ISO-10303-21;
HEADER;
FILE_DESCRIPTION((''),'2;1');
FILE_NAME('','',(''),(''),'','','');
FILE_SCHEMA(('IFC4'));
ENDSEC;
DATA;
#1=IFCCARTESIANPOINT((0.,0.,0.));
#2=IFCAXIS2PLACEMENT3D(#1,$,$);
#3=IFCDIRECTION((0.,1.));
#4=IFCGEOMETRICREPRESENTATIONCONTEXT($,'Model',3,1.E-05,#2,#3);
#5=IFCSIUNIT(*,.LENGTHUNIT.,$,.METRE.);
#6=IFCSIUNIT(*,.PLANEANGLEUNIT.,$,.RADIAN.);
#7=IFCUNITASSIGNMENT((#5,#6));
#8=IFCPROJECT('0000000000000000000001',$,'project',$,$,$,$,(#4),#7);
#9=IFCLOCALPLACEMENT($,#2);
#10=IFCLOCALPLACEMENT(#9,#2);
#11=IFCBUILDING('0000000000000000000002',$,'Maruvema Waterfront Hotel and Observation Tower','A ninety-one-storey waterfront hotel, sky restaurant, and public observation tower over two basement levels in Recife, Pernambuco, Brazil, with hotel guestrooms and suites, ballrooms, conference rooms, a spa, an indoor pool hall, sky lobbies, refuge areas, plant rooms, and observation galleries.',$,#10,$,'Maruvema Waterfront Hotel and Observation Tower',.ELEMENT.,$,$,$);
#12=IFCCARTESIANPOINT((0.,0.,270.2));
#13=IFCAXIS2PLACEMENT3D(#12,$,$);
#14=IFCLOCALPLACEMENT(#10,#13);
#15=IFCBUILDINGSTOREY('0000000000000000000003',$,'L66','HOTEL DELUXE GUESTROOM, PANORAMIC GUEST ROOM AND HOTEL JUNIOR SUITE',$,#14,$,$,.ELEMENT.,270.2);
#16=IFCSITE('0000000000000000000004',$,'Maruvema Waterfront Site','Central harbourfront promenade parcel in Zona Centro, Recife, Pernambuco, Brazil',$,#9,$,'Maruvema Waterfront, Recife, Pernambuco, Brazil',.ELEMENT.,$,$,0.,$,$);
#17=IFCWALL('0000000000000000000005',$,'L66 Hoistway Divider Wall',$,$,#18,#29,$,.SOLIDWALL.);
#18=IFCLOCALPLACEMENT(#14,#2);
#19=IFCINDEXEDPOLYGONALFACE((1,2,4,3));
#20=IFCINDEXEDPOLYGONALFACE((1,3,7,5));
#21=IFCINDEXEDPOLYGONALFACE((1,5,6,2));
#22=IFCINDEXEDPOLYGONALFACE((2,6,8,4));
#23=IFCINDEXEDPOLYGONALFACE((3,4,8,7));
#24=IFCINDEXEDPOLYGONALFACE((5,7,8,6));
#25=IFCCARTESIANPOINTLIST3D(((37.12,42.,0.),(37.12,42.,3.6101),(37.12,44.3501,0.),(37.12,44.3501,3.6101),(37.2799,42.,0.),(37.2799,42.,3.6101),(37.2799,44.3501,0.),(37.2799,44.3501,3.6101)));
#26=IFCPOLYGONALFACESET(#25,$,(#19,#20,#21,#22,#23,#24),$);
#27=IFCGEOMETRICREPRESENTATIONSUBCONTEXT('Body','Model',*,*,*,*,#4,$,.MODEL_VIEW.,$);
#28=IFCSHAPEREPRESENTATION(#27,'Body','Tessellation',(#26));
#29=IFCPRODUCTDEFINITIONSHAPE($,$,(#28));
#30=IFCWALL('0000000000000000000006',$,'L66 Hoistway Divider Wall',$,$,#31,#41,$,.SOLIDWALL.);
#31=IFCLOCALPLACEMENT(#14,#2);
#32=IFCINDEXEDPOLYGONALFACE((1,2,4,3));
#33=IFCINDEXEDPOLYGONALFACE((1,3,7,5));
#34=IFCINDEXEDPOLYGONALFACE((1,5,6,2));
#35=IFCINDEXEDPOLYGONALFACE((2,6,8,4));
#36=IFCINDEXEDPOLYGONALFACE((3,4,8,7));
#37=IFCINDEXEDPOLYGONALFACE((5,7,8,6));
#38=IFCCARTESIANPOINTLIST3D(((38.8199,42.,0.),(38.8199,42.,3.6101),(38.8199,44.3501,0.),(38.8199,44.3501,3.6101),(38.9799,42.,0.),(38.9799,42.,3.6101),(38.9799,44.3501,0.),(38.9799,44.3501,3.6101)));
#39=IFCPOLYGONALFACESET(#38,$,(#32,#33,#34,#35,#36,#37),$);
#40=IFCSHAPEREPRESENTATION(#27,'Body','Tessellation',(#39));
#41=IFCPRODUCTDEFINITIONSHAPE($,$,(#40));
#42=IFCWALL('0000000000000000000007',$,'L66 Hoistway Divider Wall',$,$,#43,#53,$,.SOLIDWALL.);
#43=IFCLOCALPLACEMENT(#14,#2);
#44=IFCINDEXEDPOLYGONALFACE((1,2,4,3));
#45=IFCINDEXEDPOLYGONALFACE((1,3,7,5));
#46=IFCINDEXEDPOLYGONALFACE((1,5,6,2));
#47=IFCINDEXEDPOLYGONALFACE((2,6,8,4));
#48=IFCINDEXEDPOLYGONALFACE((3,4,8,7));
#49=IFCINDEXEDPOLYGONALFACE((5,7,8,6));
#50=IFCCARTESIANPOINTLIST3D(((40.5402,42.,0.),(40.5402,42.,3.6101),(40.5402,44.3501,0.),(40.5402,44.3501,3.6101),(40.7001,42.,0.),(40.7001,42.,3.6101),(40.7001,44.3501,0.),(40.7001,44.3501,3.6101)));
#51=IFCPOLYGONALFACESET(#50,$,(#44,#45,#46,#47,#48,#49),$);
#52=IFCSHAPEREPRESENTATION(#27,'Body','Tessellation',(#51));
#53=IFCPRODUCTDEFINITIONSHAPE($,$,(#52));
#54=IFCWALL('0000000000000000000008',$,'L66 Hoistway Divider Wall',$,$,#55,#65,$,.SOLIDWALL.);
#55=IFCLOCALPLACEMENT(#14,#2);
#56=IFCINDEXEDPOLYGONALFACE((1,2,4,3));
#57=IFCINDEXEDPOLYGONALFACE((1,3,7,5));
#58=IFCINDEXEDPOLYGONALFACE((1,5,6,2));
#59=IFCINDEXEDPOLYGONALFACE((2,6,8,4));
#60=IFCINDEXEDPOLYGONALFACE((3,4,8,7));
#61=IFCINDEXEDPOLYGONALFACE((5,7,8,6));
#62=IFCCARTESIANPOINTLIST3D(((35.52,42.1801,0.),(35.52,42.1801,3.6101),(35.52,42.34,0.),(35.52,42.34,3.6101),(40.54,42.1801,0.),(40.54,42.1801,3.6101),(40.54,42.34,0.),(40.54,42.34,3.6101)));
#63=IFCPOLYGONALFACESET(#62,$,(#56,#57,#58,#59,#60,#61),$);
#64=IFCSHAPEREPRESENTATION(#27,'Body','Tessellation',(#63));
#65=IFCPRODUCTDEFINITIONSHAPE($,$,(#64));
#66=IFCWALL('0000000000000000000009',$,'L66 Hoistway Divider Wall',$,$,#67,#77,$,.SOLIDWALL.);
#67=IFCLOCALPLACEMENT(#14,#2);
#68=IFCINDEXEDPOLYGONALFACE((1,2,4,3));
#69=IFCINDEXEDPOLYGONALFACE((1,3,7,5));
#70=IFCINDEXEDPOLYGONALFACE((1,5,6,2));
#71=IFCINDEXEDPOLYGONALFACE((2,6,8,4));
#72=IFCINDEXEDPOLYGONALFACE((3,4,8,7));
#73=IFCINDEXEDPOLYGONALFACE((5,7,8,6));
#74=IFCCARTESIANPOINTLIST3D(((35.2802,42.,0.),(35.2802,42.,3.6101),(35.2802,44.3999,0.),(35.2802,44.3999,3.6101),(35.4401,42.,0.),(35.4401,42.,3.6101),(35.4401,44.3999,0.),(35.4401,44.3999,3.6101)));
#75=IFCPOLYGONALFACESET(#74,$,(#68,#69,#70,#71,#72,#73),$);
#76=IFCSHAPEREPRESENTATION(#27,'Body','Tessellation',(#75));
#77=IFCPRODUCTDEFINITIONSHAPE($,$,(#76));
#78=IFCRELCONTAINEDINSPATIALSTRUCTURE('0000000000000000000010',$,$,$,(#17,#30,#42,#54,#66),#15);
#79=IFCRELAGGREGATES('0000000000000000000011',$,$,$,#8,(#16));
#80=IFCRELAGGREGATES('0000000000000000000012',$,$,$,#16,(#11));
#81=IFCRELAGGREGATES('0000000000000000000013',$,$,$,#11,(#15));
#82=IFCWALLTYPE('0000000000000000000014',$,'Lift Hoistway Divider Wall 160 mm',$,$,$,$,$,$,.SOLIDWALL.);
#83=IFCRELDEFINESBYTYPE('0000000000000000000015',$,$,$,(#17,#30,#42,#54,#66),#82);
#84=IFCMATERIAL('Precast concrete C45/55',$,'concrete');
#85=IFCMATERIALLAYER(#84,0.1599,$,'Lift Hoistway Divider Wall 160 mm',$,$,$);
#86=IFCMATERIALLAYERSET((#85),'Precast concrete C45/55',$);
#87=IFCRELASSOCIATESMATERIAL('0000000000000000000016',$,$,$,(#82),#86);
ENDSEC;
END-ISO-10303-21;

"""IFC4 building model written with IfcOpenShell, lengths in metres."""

from ifc_helpers import new_model, si_unit, direction, frame, frame_2d, origin, place, context, subcontext, project, spatial, rectangle, extrude, material, layer, layer_set, type_object, element, save


model = new_model("IFC4")

# Units and contexts
model_context = context("Model", 3, precision=1e-05, world=origin(), true_north=direction((0.0, 1.0)))
body_context = subcontext(model_context, "Body", "Model", "MODEL_VIEW")
ifc_project = project(units=[si_unit("LENGTHUNIT", "METRE"), si_unit("PLANEANGLEUNIT", "RADIAN")], contexts=[model_context])

# Site, building, storey
site_placement = place(None, origin())
site = spatial("IfcSite", under=ifc_project, at=site_placement, Name="Maruvema Waterfront Site", Description="Central harbourfront promenade parcel in Zona Centro, Recife, Pernambuco, Brazil", LongName="Maruvema Waterfront, Recife, Pernambuco, Brazil", CompositionType="ELEMENT", RefElevation=0.0)
building_placement = place(site_placement, origin())
building = spatial("IfcBuilding", under=site, at=building_placement, Name="Maruvema Waterfront Hotel and Observation Tower", Description="A ninety-one-storey waterfront hotel, sky restaurant, and public observation tower over two basement levels in Recife, Pernambuco, Brazil, with hotel guestrooms and suites, ballrooms, conference rooms, a spa, an indoor pool hall, sky lobbies, refuge areas, plant rooms, and observation galleries.", LongName="Maruvema Waterfront Hotel and Observation Tower", CompositionType="ELEMENT")
storey_placement = place(building_placement, frame((0.0, 0.0, 270.2)))
storey = spatial("IfcBuildingStorey", under=building, at=storey_placement, Name="L66", Description="HOTEL DELUXE GUESTROOM, PANORAMIC GUEST ROOM AND HOTEL JUNIOR SUITE", CompositionType="ELEMENT", Elevation=270.2)

# Walls
ifc_material_1 = material(Name="Precast concrete C45/55", Category="concrete")
ifc_layer_1 = layer(ifc_material_1, 0.1599, Name="Lift Hoistway Divider Wall 160 mm")
ifc_layer_set_1 = layer_set([ifc_layer_1], Name="Precast concrete C45/55")
wall_type_1 = type_object("IfcWallType", Name="Lift Hoistway Divider Wall 160 mm", PredefinedType="SOLIDWALL", material=ifc_layer_set_1)
for number, where, z_axis, x_axis, name in (
    (1, (37.2, 42.0, 0.0), (0.0, 0.0, 1.0), (0.0, 1.0, 0.0), "L66 Hoistway Divider Wall"),
    (2, (38.8999, 42.0, 0.0), (0.0, 0.0, 1.0), (0.0, 1.0, 0.0), "L66 Hoistway Divider Wall"),
    (3, (40.6201, 42.0, 0.0), (0.0, 0.0, 1.0), (0.0, 1.0, 0.0), "L66 Hoistway Divider Wall"),
):
    element("IfcWall", number, at=place(storey_placement, frame(where, z_axis=z_axis, x_axis=x_axis)), inside=storey, type_object=wall_type_1, Name=name, PredefinedType="SOLIDWALL", context=body_context, shape_type="SweptSolid", body=[
        extrude(rectangle(XDim=2.3501, YDim=0.1599, at=frame_2d((1.175, 0.0))), origin(), (0.0, 0.0, 1.0), 3.6101),
    ])
wall_1_placement = place(storey_placement, frame((35.52, 42.26, 0.0), z_axis=(0.0, 0.0, 1.0), x_axis=(1.0, 0.0, 0.0)))
element("IfcWall", 4, at=wall_1_placement, inside=storey, type_object=wall_type_1, Name="L66 Hoistway Divider Wall", PredefinedType="SOLIDWALL", context=body_context, shape_type="SweptSolid", body=[
    extrude(rectangle(XDim=5.02, YDim=0.1599, at=frame_2d((2.51, 0.0))), origin(), (0.0, 0.0, 1.0), 3.6101),
])
wall_2_placement = place(storey_placement, frame((35.3601, 42.0, 0.0), z_axis=(0.0, 0.0, 1.0), x_axis=(0.0, 1.0, 0.0)))
element("IfcWall", 5, at=wall_2_placement, inside=storey, type_object=wall_type_1, Name="L66 Hoistway Divider Wall", PredefinedType="SOLIDWALL", context=body_context, shape_type="SweptSolid", body=[
    extrude(rectangle(XDim=2.3999, YDim=0.1599, at=frame_2d((1.2, 0.0))), origin(), (0.0, 0.0, 1.0), 3.6101),
])

save(model, "model.ifc")
